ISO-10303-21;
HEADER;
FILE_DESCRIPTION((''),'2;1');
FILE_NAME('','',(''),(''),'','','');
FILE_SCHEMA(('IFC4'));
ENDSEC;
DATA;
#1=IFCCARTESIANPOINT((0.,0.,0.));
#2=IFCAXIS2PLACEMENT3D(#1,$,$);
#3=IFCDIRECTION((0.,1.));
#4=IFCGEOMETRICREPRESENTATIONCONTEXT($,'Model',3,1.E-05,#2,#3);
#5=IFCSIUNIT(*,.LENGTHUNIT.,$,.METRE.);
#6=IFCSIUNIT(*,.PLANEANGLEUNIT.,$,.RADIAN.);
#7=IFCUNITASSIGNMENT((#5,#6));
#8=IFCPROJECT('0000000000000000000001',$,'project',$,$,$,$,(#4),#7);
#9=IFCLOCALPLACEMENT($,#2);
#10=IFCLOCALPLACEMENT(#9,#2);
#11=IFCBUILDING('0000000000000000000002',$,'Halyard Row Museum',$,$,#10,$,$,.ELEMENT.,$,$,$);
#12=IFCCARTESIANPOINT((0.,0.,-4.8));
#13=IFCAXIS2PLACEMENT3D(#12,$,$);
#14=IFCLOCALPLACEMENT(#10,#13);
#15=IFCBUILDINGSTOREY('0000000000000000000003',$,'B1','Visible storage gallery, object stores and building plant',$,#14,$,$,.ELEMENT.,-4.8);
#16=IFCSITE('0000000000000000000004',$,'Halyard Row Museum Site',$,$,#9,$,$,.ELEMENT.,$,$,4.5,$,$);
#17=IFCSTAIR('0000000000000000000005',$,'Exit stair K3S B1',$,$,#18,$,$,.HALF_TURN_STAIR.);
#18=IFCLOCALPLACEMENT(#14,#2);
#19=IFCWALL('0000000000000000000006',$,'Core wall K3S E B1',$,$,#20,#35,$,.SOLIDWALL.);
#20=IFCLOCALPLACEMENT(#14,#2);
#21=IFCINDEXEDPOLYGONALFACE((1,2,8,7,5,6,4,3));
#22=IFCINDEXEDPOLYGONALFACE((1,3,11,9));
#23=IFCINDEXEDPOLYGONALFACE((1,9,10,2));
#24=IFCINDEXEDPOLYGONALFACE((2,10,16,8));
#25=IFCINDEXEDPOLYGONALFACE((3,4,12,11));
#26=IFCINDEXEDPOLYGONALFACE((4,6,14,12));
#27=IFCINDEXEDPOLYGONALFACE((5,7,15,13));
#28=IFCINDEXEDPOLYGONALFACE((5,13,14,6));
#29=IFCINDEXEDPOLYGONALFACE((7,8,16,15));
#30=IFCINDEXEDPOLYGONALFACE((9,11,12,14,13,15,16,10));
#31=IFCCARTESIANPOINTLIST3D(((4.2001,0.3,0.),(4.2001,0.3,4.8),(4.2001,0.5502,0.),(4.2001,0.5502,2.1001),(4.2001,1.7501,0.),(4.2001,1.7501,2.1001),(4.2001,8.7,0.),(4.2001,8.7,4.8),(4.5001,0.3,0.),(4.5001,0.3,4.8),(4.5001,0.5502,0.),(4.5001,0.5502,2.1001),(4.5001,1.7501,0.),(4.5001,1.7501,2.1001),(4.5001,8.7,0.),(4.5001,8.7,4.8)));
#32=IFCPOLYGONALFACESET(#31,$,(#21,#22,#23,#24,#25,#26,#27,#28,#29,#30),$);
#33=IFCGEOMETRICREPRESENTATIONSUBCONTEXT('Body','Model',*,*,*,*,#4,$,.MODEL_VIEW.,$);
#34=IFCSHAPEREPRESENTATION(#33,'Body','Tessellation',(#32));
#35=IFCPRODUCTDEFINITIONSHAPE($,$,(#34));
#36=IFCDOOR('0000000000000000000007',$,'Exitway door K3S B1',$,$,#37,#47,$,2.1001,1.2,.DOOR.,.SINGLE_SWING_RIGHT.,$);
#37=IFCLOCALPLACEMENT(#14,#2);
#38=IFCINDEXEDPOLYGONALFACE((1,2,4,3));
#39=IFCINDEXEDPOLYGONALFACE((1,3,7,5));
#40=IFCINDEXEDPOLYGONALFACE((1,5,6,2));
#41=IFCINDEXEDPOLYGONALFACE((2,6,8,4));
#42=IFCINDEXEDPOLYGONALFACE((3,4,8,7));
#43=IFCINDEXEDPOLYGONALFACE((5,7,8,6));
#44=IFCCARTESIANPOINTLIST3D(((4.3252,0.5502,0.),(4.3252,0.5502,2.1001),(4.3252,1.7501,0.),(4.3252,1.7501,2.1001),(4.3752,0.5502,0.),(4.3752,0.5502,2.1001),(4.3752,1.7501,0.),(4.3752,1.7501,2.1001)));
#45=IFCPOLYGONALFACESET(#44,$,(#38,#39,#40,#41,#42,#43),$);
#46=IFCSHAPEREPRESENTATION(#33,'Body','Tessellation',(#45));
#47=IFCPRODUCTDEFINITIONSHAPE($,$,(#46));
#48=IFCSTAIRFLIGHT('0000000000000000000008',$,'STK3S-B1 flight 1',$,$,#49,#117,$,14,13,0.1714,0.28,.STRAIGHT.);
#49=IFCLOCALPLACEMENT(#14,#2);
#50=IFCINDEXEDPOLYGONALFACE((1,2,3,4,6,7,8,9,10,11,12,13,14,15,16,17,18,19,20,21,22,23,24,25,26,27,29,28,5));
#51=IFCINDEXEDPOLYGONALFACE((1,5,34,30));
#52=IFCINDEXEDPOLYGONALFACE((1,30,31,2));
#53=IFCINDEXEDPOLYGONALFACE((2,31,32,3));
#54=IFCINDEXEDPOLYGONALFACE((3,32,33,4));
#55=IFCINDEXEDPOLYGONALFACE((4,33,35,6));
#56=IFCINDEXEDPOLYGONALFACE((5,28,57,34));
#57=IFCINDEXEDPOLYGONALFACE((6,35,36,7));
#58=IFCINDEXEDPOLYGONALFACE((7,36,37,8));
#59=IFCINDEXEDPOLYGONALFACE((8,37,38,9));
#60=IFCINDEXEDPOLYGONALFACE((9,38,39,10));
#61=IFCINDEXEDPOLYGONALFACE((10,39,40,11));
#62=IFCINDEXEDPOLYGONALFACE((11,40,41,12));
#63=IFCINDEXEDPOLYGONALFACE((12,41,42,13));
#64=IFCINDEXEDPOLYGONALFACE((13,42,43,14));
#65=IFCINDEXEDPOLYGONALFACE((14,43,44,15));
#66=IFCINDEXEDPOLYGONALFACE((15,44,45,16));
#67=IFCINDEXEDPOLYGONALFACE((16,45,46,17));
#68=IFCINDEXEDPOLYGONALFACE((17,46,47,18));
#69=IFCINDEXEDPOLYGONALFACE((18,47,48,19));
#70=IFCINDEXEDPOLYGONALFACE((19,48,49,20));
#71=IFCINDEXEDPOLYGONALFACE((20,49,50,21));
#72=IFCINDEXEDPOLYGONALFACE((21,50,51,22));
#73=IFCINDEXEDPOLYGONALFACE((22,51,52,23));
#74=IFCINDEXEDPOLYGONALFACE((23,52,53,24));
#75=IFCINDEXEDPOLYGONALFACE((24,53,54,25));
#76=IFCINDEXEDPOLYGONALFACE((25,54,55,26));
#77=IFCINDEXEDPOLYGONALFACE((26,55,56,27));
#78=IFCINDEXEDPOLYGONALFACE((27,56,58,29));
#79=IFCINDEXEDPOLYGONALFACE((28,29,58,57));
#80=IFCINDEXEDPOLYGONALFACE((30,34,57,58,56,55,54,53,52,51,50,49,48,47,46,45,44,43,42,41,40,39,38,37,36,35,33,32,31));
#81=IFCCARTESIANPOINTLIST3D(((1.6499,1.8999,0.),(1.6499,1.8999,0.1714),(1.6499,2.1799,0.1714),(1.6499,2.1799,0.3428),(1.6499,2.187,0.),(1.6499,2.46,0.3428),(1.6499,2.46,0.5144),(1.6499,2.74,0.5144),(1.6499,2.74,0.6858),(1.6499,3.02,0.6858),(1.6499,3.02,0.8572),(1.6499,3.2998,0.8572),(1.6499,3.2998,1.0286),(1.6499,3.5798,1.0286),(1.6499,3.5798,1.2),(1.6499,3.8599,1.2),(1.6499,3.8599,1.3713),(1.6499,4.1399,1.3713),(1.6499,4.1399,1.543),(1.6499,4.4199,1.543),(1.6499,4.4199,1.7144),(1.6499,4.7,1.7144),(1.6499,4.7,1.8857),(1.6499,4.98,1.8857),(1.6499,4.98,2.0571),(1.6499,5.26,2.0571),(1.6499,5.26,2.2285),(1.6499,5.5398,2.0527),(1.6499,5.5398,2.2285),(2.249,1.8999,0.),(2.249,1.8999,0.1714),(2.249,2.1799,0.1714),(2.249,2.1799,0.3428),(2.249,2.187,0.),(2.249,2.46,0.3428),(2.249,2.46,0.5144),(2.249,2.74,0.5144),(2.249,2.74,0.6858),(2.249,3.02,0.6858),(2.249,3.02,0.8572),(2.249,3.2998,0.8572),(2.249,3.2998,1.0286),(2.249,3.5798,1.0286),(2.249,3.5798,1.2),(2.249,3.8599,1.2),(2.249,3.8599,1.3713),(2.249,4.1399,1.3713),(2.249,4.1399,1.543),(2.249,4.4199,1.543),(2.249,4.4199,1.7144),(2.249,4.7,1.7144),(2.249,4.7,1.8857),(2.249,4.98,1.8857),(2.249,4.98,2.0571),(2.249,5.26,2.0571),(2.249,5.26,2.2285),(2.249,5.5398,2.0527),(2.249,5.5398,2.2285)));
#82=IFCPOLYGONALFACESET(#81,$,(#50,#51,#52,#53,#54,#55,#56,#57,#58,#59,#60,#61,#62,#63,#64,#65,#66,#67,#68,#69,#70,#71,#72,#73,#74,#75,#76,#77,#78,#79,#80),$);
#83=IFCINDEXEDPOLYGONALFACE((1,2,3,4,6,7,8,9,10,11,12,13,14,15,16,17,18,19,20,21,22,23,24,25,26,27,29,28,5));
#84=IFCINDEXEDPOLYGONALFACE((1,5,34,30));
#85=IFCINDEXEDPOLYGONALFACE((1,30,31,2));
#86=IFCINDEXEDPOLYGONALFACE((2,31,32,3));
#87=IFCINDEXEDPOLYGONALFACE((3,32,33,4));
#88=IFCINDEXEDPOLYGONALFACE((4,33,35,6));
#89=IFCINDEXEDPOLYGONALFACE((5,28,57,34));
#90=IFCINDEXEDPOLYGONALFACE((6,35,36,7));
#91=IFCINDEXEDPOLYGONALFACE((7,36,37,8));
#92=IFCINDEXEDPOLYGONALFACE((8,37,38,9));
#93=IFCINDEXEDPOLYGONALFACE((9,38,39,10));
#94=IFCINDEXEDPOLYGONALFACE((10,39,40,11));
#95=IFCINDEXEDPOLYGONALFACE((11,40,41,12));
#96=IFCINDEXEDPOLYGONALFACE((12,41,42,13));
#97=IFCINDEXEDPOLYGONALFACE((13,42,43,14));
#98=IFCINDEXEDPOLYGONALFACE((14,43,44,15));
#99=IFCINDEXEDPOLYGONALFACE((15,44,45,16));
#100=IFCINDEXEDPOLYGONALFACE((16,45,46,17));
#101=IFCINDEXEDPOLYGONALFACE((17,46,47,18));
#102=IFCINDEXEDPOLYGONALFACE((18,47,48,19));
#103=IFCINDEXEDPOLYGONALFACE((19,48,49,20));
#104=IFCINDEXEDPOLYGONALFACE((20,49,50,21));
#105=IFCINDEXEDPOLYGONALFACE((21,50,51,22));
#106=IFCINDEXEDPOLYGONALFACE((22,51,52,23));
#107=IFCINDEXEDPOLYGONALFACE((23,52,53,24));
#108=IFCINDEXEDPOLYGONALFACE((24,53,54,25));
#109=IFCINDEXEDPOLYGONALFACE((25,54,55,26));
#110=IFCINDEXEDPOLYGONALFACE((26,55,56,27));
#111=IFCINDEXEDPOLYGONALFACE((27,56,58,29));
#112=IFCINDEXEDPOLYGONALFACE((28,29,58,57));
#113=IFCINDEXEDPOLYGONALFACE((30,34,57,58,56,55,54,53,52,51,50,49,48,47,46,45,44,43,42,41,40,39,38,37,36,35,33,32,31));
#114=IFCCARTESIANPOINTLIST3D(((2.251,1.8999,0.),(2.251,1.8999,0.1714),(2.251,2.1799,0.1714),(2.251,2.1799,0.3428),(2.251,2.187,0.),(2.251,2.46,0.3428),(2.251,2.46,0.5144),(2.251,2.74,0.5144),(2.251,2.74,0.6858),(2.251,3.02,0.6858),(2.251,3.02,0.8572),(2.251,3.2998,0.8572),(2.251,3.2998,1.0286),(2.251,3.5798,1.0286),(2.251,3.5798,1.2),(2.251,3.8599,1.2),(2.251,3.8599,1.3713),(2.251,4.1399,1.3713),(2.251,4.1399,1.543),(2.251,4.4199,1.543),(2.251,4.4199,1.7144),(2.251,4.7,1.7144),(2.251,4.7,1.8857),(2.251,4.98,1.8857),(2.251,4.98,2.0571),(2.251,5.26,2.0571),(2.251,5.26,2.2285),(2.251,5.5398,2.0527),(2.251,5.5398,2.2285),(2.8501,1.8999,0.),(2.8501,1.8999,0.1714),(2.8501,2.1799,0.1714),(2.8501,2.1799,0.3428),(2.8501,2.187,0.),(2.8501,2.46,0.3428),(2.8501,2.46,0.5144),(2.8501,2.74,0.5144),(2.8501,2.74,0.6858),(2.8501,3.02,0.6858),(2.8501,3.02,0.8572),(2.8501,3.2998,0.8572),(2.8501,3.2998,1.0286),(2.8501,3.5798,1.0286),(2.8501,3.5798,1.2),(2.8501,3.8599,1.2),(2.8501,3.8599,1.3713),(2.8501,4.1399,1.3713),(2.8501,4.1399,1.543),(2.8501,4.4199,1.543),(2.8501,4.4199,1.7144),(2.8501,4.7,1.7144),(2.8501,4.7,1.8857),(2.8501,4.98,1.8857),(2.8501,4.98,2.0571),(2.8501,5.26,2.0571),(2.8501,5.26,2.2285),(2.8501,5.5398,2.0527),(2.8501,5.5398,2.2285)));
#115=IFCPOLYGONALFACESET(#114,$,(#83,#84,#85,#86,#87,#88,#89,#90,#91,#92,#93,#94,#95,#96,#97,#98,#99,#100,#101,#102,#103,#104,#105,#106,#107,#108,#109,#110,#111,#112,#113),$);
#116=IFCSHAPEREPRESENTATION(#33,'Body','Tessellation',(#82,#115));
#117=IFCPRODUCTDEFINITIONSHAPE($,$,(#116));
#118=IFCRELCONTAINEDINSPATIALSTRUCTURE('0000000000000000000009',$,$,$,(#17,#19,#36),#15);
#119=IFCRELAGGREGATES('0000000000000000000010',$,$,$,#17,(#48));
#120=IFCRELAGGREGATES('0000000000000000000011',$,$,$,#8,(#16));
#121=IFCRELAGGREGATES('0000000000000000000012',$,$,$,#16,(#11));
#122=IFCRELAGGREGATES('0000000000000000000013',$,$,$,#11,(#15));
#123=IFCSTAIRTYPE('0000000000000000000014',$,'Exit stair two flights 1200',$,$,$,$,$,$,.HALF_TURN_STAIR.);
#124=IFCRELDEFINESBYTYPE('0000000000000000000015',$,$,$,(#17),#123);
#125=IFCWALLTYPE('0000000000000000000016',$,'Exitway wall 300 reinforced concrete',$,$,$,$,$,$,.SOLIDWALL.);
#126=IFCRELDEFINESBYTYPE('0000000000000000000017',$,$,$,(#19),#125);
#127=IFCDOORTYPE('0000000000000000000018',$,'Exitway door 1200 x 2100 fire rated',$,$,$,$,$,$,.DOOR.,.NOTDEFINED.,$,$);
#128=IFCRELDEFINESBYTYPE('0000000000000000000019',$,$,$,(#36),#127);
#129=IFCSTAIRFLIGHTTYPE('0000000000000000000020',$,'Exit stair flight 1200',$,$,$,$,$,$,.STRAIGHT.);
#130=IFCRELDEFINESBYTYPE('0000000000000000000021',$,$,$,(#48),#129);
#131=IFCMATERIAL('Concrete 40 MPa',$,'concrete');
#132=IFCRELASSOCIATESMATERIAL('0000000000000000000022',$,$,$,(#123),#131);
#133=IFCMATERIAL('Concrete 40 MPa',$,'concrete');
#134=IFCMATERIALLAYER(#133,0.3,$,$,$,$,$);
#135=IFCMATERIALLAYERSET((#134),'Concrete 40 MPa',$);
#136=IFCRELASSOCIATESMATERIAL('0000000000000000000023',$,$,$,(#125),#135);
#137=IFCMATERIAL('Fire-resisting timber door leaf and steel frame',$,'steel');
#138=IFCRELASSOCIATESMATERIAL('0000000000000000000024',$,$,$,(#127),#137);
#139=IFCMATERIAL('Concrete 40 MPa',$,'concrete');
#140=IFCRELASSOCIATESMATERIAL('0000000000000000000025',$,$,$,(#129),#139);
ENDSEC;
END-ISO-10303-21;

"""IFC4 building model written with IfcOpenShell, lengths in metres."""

from ifc_helpers import new_model, si_unit, direction, frame, frame_2d, origin, place, context, subcontext, project, spatial, polyline, rectangle, outline, extrude, material, layer, layer_set, type_object, element, fill, aggregate, save


model = new_model("IFC4")

# Units and contexts
model_context = context("Model", 3, precision=1e-05, world=origin(), true_north=direction((0.0, 1.0)))
body_context = subcontext(model_context, "Body", "Model", "MODEL_VIEW")
ifc_project = project(units=[si_unit("LENGTHUNIT", "METRE"), si_unit("PLANEANGLEUNIT", "RADIAN")], contexts=[model_context])

# Site, building, storey
site_placement = place(None, origin())
site = spatial("IfcSite", under=ifc_project, at=site_placement, Name="Halyard Row Museum Site", CompositionType="ELEMENT", RefElevation=4.5)
building_placement = place(site_placement, origin())
building = spatial("IfcBuilding", under=site, at=building_placement, Name="Halyard Row Museum", CompositionType="ELEMENT")
storey_placement = place(building_placement, frame((0.0, 0.0, -4.8)))
storey = spatial("IfcBuildingStorey", under=building, at=storey_placement, Name="B1", Description="Visible storage gallery, object stores and building plant", CompositionType="ELEMENT", Elevation=-4.8)

# Stair
ifc_material_1 = material(Name="Concrete 40 MPa", Category="concrete")
stair_type_1 = type_object("IfcStairType", Name="Exit stair two flights 1200", PredefinedType="HALF_TURN_STAIR", material=ifc_material_1)
stair_1_placement = place(storey_placement, origin())
stair_1 = element("IfcStair", 1, at=stair_1_placement, inside=storey, type_object=stair_type_1, Name="Exit stair K3S B1", PredefinedType="HALF_TURN_STAIR")

# Wall, opening, door
ifc_material_2 = material(Name="Concrete 40 MPa", Category="concrete")
ifc_layer_1 = layer(ifc_material_2, 0.3)
ifc_layer_set_1 = layer_set([ifc_layer_1], Name="Concrete 40 MPa")
wall_type = type_object("IfcWallType", Name="Exitway wall 300 reinforced concrete", PredefinedType="SOLIDWALL", material=ifc_layer_set_1)
wall_placement = place(storey_placement, frame((4.3501, 0.3, 0.0), z_axis=(0.0, 0.0, 1.0), x_axis=(0.0, 1.0, 0.0)))
wall = element("IfcWall", 2, at=wall_placement, inside=storey, type_object=wall_type, Name="Core wall K3S E B1", PredefinedType="SOLIDWALL", context=body_context, shape_type="SweptSolid", body=[
    extrude(rectangle(XDim=8.3999, YDim=0.3, at=frame_2d((4.2, 0.0))), origin(), (0.0, 0.0, 1.0), 4.8),
])
opening_placement = place(wall_placement, frame((0.25, 0.0, 0.0)))
opening = element("IfcOpeningElement", 3, at=opening_placement, cuts=wall, PredefinedType="OPENING", context=body_context, shape_type="SweptSolid", body=[
    extrude(rectangle(XDim=1.2, YDim=2.1001, at=frame_2d((0.6001, 1.05))), frame((0.0, 0.1599, 0.0), z_axis=(0.0, -1.0, 0.0), x_axis=(1.0, 0.0, 0.0)), (0.0, 0.0, 1.0), 0.3201),
])
ifc_material_3 = material(Name="Fire-resisting timber door leaf and steel frame", Category="steel")
door_type = type_object("IfcDoorType", Name="Exitway door 1200 x 2100 fire rated", OperationType="NOTDEFINED", PredefinedType="DOOR", material=ifc_material_3)
door_placement = place(opening_placement, origin())
door = element("IfcDoor", 4, at=door_placement, inside=storey, type_object=door_type, Name="Exitway door K3S B1", OperationType="SINGLE_SWING_RIGHT", OverallHeight=2.1001, OverallWidth=1.2, PredefinedType="DOOR", context=body_context, shape_type="SweptSolid", body=[
    extrude(rectangle(XDim=1.2, YDim=2.1001, at=frame_2d((0.6001, 1.05))), frame((0.0, 0.0249, 0.0), z_axis=(0.0, -1.0, 0.0), x_axis=(1.0, 0.0, 0.0)), (0.0, 0.0, 1.0), 0.05),
])
fill(opening, door)

# Stair flight
ifc_material_4 = material(Name="Concrete 40 MPa", Category="concrete")
stair_flight_type = type_object("IfcStairFlightType", Name="Exit stair flight 1200", PredefinedType="STRAIGHT", material=ifc_material_4)
stair_flight_placement = place(storey_placement, frame((2.25, 1.8999, 0.0), z_axis=(0.0, 0.0, 1.0), x_axis=(0.0, 1.0, 0.0)))
stair_flight = element("IfcStairFlight", 5, at=stair_flight_placement, type_object=stair_flight_type, Name="STK3S-B1 flight 1", NumberOfRisers=14, NumberOfTreads=13, PredefinedType="STRAIGHT", RiserHeight=0.1714, TreadLength=0.28, context=body_context, shape_type="SweptSolid", body=[
    extrude(outline(polyline([(0.0, 0.0), (0.0, 0.1714), (0.28, 0.1714), (0.28, 0.3428), (0.5601, 0.3428), (0.5601, 0.5144), (0.8401, 0.5144), (0.8401, 0.6858), (1.1201, 0.6858), (1.1201, 0.8572), (1.3999, 0.8572), (1.3999, 1.0286), (1.6799, 1.0286), (1.6799, 1.2), (1.96, 1.2), (1.96, 1.3713), (2.24, 1.3713), (2.24, 1.543), (2.52, 1.543), (2.52, 1.7144), (2.8, 1.7144), (2.8, 1.8857), (3.0801, 1.8857), (3.0801, 2.0571), (3.3601, 2.0571), (3.3601, 2.2285), (3.6399, 2.2285), (3.6399, 2.3999), (3.6399, 2.0527), (0.2871, 0.0), (0.0, 0.0)])), frame((0.0, 0.6001, 0.0), z_axis=(0.0, -1.0, 0.0), x_axis=(1.0, 0.0, 0.0)), (0.0, 0.0, 1.0), 0.5991),
    extrude(outline(polyline([(0.0, 0.0), (0.0, 0.1714), (0.28, 0.1714), (0.28, 0.3428), (0.5601, 0.3428), (0.5601, 0.5144), (0.8401, 0.5144), (0.8401, 0.6858), (1.1201, 0.6858), (1.1201, 0.8572), (1.3999, 0.8572), (1.3999, 1.0286), (1.6799, 1.0286), (1.6799, 1.2), (1.96, 1.2), (1.96, 1.3713), (2.24, 1.3713), (2.24, 1.543), (2.52, 1.543), (2.52, 1.7144), (2.8, 1.7144), (2.8, 1.8857), (3.0801, 1.8857), (3.0801, 2.0571), (3.3601, 2.0571), (3.3601, 2.2285), (3.6399, 2.2285), (3.6399, 2.3999), (3.6399, 2.0527), (0.2871, 0.0), (0.0, 0.0)])), frame((0.0, -0.001, 0.0), z_axis=(0.0, -1.0, 0.0), x_axis=(1.0, 0.0, 0.0)), (0.0, 0.0, 1.0), 0.5991),
])
aggregate(stair_1, [stair_flight])

save(model, "model.ifc")
